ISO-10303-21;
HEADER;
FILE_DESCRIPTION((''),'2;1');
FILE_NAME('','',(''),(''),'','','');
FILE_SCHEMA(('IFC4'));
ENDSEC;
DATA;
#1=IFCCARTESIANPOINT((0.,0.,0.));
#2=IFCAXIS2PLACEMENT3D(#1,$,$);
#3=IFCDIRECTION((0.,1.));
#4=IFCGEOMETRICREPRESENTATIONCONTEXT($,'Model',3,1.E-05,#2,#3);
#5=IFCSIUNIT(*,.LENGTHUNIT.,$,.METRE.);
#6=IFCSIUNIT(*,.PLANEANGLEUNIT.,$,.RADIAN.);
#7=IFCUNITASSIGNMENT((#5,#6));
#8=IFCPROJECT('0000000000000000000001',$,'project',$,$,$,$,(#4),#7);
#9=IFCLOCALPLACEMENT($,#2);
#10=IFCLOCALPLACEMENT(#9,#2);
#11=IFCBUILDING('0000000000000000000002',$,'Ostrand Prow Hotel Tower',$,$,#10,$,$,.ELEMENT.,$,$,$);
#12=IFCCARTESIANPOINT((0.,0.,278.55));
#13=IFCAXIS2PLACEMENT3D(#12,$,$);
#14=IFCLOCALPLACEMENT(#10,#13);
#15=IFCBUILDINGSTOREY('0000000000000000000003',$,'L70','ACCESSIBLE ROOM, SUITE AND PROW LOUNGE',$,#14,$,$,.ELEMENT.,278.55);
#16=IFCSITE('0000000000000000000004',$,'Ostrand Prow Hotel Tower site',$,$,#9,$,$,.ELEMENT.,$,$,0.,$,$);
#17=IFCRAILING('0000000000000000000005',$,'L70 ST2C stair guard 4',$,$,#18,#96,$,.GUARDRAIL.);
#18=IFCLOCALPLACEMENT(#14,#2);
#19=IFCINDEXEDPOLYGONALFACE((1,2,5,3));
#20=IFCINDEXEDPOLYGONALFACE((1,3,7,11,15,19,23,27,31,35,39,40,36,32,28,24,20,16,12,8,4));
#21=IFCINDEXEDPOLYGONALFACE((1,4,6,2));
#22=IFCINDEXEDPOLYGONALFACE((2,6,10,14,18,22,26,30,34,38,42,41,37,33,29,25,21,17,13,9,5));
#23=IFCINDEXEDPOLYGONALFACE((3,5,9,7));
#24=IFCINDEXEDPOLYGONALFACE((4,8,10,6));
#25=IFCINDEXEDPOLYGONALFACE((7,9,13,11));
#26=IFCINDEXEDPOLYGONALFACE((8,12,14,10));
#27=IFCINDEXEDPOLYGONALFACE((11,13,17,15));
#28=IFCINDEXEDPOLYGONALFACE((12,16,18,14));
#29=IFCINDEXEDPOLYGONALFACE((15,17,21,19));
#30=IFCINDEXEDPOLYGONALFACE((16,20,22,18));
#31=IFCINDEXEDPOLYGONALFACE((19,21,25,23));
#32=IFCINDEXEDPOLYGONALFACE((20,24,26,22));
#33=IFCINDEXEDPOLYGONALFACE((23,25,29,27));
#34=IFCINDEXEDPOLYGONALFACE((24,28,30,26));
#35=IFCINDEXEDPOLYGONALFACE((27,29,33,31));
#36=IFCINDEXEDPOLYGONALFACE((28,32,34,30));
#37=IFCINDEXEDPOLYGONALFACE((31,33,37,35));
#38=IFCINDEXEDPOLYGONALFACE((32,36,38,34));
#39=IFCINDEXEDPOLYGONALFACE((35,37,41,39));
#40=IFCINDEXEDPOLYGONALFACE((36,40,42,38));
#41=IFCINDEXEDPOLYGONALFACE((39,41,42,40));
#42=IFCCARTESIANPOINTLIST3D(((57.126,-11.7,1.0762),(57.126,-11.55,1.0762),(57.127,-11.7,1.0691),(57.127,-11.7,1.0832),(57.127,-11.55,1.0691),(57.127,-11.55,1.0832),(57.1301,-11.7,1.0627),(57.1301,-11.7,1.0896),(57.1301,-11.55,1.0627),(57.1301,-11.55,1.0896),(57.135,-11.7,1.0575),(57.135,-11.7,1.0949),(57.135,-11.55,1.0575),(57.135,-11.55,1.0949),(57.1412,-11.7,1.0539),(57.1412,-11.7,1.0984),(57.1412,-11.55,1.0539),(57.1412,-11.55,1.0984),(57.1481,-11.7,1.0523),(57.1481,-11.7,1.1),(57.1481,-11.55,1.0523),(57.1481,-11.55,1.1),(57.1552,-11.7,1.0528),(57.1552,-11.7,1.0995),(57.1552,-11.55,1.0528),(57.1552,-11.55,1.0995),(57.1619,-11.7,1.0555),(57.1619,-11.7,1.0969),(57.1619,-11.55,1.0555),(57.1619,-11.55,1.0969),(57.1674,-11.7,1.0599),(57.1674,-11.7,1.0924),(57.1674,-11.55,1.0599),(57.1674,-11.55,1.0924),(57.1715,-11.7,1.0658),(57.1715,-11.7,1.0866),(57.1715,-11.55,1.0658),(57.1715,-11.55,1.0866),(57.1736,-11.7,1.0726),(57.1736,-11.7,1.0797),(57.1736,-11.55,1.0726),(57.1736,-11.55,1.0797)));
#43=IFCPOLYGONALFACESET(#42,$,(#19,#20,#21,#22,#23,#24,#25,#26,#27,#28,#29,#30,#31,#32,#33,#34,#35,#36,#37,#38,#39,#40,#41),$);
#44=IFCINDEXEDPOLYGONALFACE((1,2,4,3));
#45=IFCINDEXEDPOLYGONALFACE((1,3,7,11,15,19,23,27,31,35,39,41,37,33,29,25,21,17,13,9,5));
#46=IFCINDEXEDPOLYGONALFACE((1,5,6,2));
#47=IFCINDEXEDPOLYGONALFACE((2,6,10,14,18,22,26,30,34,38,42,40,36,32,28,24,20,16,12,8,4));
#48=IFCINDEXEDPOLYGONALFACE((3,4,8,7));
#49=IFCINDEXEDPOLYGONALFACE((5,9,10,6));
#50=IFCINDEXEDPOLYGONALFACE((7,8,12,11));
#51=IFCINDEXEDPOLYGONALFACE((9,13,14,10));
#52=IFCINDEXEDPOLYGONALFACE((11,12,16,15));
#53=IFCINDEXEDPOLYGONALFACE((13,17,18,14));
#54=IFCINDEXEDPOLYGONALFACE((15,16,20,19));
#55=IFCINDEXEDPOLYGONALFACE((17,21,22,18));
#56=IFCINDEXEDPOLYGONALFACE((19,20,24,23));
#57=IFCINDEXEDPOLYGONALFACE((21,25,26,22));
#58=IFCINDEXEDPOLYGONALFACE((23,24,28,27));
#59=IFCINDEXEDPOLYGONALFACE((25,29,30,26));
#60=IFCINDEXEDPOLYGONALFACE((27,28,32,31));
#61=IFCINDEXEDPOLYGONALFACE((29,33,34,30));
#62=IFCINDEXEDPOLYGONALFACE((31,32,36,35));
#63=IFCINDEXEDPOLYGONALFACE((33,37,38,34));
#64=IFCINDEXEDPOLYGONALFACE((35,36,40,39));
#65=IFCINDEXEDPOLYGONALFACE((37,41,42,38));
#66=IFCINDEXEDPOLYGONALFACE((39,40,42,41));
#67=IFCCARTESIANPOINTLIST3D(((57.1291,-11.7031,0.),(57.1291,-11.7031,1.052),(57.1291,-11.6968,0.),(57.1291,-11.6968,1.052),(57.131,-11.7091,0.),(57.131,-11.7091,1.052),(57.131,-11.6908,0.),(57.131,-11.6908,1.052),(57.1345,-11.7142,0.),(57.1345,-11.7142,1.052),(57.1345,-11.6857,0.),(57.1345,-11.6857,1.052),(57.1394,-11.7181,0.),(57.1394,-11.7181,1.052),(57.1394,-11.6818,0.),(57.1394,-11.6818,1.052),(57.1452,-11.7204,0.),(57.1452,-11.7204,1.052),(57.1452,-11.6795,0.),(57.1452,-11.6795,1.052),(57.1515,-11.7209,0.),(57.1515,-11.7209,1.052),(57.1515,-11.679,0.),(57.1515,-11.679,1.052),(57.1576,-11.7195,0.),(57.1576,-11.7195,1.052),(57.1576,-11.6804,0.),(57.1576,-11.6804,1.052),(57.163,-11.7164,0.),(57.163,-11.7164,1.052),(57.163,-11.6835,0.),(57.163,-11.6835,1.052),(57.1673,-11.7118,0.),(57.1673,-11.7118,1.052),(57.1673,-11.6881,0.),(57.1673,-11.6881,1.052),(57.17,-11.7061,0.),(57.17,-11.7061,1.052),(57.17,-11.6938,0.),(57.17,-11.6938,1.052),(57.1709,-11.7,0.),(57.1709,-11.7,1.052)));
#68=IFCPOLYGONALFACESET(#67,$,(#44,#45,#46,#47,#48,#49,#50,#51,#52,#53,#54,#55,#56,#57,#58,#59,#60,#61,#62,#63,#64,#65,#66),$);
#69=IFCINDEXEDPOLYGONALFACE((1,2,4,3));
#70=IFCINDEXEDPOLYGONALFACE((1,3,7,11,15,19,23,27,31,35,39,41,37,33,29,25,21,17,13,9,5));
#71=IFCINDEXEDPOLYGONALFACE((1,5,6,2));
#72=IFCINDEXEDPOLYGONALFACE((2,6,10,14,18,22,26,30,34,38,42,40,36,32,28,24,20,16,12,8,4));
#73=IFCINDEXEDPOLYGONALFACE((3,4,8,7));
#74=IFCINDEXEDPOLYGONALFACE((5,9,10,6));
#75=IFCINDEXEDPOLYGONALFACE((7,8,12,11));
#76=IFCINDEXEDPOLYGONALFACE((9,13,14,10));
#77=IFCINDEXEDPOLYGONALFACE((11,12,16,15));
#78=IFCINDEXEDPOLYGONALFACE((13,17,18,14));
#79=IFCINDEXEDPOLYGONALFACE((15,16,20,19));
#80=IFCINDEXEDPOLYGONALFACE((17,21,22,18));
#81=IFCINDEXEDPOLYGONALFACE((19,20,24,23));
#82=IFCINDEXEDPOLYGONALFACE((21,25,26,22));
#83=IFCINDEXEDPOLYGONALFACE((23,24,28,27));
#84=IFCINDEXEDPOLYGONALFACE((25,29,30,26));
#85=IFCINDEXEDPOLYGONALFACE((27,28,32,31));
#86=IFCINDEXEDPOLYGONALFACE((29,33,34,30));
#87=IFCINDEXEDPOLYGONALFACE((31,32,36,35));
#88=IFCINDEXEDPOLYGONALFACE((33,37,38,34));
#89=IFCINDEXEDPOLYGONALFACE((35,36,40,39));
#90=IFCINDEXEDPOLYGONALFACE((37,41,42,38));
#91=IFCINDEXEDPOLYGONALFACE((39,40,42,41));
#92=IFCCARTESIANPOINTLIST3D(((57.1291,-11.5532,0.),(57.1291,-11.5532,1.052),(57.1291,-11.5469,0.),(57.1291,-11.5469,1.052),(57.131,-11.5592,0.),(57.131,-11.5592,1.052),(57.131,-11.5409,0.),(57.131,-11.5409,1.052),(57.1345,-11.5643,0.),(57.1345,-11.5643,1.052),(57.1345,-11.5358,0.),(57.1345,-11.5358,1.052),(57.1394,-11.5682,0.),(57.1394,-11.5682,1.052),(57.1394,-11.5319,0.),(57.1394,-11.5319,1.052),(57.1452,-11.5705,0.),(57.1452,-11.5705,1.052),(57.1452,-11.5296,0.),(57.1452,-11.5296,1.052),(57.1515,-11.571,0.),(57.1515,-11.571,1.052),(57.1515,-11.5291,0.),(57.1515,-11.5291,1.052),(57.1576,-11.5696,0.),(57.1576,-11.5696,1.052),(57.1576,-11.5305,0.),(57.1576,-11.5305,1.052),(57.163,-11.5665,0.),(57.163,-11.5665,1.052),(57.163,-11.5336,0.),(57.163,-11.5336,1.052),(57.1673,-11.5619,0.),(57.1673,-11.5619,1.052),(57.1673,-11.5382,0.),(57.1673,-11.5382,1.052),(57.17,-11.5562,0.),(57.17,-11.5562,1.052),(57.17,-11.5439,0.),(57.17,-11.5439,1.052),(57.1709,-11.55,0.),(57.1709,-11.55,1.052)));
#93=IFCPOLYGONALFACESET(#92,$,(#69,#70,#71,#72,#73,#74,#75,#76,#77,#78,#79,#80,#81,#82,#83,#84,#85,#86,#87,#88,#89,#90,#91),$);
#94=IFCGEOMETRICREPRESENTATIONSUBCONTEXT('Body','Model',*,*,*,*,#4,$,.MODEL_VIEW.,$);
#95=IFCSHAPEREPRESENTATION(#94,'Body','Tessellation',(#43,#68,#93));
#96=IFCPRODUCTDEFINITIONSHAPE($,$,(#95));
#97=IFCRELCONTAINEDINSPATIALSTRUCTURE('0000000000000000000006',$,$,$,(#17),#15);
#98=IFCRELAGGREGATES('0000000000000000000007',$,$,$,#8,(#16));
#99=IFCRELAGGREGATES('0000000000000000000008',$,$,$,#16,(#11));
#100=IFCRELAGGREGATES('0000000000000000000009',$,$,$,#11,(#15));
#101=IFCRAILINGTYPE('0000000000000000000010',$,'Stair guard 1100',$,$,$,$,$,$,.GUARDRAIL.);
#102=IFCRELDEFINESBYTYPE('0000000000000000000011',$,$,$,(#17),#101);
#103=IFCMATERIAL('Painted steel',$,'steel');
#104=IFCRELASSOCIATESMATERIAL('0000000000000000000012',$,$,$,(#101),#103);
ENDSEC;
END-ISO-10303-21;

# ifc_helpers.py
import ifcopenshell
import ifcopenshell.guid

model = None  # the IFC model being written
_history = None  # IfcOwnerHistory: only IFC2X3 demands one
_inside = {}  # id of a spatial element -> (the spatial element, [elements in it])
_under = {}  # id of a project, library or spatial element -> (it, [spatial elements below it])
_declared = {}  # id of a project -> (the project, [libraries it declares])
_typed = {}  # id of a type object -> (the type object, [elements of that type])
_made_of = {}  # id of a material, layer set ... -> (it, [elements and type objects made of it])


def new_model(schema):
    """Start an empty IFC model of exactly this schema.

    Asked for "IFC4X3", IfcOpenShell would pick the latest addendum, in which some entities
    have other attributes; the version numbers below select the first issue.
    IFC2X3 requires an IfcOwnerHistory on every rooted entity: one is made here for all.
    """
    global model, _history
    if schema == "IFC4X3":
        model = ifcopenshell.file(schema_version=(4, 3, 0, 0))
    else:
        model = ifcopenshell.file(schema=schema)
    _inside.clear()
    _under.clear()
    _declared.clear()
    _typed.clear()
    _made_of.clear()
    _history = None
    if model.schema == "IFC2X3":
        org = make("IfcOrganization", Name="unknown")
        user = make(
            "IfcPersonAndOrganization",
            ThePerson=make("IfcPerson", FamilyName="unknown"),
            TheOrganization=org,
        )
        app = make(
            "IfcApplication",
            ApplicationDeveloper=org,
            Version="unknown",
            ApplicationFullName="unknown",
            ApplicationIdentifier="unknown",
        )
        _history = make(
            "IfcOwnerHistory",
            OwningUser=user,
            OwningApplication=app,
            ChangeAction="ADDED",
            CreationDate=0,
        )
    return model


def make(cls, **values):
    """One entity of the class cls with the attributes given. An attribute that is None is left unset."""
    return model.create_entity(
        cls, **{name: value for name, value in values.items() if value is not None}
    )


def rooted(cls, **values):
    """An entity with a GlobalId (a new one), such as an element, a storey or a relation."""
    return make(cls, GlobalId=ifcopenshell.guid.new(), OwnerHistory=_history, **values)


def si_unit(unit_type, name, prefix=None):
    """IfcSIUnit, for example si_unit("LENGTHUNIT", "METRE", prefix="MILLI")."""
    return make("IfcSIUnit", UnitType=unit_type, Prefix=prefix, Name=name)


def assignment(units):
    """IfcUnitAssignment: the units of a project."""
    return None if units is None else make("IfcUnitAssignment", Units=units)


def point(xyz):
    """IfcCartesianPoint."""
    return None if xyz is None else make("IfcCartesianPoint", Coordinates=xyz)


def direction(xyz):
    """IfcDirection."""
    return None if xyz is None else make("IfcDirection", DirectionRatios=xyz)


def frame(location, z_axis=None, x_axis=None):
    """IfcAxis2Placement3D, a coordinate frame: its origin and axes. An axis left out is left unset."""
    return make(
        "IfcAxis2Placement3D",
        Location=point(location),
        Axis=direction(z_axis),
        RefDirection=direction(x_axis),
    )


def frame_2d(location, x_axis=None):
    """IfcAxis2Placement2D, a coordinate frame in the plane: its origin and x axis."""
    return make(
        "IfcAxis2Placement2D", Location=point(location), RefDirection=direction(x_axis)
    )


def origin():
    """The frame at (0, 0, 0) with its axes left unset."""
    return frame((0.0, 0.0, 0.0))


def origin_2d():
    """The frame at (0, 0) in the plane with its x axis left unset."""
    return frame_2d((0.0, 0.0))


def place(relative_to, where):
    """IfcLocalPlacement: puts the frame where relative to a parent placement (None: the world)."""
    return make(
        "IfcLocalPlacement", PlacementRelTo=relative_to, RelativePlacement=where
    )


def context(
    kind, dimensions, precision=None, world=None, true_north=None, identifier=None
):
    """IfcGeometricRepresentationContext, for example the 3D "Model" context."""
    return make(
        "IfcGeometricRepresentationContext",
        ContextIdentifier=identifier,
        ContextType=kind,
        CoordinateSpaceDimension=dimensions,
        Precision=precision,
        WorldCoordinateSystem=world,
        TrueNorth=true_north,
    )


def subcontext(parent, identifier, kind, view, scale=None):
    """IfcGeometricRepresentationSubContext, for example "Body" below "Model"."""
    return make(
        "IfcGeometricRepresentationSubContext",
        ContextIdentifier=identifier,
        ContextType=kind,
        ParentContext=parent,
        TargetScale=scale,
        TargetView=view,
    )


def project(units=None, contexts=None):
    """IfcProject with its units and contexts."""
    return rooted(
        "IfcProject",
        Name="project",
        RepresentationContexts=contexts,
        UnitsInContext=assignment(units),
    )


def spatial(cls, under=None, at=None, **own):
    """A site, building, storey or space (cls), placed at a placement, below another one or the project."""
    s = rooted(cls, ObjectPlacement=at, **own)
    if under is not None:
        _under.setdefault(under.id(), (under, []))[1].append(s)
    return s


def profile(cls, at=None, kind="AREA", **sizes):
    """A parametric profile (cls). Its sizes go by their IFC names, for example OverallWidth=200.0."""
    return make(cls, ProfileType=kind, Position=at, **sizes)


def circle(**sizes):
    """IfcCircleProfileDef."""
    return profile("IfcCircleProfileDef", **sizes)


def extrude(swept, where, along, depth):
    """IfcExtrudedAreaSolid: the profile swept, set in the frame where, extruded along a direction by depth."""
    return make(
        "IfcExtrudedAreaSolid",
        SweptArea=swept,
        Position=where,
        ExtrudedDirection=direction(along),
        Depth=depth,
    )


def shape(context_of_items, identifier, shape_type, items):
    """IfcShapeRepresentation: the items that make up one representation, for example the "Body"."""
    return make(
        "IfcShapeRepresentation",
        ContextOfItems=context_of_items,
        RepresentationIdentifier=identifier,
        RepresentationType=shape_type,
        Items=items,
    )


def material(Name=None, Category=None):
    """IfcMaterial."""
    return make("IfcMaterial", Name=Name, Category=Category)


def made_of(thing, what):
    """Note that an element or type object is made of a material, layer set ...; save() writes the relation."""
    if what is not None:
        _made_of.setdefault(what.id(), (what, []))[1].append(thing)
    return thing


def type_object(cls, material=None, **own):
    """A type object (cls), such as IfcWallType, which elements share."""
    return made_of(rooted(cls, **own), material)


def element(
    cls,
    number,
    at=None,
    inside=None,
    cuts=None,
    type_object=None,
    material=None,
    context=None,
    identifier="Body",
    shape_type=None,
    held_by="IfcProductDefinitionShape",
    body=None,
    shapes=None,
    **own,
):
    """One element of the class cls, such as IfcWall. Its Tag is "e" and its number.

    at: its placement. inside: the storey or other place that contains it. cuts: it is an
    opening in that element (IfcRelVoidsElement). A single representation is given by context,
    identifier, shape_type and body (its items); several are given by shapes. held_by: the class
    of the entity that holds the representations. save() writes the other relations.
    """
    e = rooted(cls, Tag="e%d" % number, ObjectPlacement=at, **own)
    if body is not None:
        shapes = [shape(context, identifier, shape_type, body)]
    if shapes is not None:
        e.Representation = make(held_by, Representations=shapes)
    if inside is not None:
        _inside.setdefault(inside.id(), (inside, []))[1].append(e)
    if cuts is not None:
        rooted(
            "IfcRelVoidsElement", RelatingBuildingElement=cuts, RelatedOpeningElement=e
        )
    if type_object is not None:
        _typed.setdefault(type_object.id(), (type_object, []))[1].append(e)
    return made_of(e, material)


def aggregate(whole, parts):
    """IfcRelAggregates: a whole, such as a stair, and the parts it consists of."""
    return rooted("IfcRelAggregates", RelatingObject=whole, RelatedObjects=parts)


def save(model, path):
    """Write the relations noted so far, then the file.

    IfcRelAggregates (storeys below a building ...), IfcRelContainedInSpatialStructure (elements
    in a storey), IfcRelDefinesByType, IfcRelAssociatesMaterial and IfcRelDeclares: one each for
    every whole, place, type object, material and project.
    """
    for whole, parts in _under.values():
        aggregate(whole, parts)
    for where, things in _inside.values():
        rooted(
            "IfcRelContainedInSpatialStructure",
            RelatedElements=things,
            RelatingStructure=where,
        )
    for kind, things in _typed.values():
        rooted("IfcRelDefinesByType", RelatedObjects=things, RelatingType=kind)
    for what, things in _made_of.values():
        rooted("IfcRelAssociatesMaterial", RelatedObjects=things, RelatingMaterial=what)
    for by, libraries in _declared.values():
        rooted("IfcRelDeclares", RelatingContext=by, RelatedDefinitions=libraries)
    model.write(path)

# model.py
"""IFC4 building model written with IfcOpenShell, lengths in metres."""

from ifc_helpers import new_model, si_unit, direction, frame, origin, origin_2d, place, context, subcontext, project, spatial, circle, extrude, material, type_object, element, save


model = new_model("IFC4")

# Units and contexts
model_context = context("Model", 3, precision=1e-05, world=origin(), true_north=direction((0.0, 1.0)))
body_context = subcontext(model_context, "Body", "Model", "MODEL_VIEW")
ifc_project = project(units=[si_unit("LENGTHUNIT", "METRE"), si_unit("PLANEANGLEUNIT", "RADIAN")], contexts=[model_context])

# Site, building, storey
site_placement = place(None, origin())
site = spatial("IfcSite", under=ifc_project, at=site_placement, Name="Ostrand Prow Hotel Tower site", CompositionType="ELEMENT", RefElevation=0.0)
building_placement = place(site_placement, origin())
building = spatial("IfcBuilding", under=site, at=building_placement, Name="Ostrand Prow Hotel Tower", CompositionType="ELEMENT")
storey_placement = place(building_placement, frame((0.0, 0.0, 278.55)))
storey = spatial("IfcBuildingStorey", under=building, at=storey_placement, Name="L70", Description="ACCESSIBLE ROOM, SUITE AND PROW LOUNGE", CompositionType="ELEMENT", Elevation=278.55)

# Railing
ifc_material_1 = material(Name="Painted steel", Category="steel")
railing_type_1 = type_object("IfcRailingType", Name="Stair guard 1100", PredefinedType="GUARDRAIL", material=ifc_material_1)
railing_1_placement = place(storey_placement, frame((57.1499, -11.7, 0.0)))
element("IfcRailing", 1, at=railing_1_placement, inside=storey, type_object=railing_type_1, Name="L70 ST2C stair guard 4", PredefinedType="GUARDRAIL", context=body_context, shape_type="SweptSolid", body=[
    extrude(circle(Radius=0.0239, at=origin_2d()), frame((0.0, 0.0, 1.0762), z_axis=(0.0, 1.0, 0.0), x_axis=(-1.0, 0.0, 0.0)), (0.0, 0.0, 1.0), 0.1499),
    extrude(circle(Radius=0.021, at=origin_2d()), origin(), (0.0, 0.0, 1.0), 1.052),
    extrude(circle(Radius=0.021, at=origin_2d()), frame((0.0, 0.1499, 0.0)), (0.0, 0.0, 1.0), 1.052),
])

save(model, "model.ifc")
